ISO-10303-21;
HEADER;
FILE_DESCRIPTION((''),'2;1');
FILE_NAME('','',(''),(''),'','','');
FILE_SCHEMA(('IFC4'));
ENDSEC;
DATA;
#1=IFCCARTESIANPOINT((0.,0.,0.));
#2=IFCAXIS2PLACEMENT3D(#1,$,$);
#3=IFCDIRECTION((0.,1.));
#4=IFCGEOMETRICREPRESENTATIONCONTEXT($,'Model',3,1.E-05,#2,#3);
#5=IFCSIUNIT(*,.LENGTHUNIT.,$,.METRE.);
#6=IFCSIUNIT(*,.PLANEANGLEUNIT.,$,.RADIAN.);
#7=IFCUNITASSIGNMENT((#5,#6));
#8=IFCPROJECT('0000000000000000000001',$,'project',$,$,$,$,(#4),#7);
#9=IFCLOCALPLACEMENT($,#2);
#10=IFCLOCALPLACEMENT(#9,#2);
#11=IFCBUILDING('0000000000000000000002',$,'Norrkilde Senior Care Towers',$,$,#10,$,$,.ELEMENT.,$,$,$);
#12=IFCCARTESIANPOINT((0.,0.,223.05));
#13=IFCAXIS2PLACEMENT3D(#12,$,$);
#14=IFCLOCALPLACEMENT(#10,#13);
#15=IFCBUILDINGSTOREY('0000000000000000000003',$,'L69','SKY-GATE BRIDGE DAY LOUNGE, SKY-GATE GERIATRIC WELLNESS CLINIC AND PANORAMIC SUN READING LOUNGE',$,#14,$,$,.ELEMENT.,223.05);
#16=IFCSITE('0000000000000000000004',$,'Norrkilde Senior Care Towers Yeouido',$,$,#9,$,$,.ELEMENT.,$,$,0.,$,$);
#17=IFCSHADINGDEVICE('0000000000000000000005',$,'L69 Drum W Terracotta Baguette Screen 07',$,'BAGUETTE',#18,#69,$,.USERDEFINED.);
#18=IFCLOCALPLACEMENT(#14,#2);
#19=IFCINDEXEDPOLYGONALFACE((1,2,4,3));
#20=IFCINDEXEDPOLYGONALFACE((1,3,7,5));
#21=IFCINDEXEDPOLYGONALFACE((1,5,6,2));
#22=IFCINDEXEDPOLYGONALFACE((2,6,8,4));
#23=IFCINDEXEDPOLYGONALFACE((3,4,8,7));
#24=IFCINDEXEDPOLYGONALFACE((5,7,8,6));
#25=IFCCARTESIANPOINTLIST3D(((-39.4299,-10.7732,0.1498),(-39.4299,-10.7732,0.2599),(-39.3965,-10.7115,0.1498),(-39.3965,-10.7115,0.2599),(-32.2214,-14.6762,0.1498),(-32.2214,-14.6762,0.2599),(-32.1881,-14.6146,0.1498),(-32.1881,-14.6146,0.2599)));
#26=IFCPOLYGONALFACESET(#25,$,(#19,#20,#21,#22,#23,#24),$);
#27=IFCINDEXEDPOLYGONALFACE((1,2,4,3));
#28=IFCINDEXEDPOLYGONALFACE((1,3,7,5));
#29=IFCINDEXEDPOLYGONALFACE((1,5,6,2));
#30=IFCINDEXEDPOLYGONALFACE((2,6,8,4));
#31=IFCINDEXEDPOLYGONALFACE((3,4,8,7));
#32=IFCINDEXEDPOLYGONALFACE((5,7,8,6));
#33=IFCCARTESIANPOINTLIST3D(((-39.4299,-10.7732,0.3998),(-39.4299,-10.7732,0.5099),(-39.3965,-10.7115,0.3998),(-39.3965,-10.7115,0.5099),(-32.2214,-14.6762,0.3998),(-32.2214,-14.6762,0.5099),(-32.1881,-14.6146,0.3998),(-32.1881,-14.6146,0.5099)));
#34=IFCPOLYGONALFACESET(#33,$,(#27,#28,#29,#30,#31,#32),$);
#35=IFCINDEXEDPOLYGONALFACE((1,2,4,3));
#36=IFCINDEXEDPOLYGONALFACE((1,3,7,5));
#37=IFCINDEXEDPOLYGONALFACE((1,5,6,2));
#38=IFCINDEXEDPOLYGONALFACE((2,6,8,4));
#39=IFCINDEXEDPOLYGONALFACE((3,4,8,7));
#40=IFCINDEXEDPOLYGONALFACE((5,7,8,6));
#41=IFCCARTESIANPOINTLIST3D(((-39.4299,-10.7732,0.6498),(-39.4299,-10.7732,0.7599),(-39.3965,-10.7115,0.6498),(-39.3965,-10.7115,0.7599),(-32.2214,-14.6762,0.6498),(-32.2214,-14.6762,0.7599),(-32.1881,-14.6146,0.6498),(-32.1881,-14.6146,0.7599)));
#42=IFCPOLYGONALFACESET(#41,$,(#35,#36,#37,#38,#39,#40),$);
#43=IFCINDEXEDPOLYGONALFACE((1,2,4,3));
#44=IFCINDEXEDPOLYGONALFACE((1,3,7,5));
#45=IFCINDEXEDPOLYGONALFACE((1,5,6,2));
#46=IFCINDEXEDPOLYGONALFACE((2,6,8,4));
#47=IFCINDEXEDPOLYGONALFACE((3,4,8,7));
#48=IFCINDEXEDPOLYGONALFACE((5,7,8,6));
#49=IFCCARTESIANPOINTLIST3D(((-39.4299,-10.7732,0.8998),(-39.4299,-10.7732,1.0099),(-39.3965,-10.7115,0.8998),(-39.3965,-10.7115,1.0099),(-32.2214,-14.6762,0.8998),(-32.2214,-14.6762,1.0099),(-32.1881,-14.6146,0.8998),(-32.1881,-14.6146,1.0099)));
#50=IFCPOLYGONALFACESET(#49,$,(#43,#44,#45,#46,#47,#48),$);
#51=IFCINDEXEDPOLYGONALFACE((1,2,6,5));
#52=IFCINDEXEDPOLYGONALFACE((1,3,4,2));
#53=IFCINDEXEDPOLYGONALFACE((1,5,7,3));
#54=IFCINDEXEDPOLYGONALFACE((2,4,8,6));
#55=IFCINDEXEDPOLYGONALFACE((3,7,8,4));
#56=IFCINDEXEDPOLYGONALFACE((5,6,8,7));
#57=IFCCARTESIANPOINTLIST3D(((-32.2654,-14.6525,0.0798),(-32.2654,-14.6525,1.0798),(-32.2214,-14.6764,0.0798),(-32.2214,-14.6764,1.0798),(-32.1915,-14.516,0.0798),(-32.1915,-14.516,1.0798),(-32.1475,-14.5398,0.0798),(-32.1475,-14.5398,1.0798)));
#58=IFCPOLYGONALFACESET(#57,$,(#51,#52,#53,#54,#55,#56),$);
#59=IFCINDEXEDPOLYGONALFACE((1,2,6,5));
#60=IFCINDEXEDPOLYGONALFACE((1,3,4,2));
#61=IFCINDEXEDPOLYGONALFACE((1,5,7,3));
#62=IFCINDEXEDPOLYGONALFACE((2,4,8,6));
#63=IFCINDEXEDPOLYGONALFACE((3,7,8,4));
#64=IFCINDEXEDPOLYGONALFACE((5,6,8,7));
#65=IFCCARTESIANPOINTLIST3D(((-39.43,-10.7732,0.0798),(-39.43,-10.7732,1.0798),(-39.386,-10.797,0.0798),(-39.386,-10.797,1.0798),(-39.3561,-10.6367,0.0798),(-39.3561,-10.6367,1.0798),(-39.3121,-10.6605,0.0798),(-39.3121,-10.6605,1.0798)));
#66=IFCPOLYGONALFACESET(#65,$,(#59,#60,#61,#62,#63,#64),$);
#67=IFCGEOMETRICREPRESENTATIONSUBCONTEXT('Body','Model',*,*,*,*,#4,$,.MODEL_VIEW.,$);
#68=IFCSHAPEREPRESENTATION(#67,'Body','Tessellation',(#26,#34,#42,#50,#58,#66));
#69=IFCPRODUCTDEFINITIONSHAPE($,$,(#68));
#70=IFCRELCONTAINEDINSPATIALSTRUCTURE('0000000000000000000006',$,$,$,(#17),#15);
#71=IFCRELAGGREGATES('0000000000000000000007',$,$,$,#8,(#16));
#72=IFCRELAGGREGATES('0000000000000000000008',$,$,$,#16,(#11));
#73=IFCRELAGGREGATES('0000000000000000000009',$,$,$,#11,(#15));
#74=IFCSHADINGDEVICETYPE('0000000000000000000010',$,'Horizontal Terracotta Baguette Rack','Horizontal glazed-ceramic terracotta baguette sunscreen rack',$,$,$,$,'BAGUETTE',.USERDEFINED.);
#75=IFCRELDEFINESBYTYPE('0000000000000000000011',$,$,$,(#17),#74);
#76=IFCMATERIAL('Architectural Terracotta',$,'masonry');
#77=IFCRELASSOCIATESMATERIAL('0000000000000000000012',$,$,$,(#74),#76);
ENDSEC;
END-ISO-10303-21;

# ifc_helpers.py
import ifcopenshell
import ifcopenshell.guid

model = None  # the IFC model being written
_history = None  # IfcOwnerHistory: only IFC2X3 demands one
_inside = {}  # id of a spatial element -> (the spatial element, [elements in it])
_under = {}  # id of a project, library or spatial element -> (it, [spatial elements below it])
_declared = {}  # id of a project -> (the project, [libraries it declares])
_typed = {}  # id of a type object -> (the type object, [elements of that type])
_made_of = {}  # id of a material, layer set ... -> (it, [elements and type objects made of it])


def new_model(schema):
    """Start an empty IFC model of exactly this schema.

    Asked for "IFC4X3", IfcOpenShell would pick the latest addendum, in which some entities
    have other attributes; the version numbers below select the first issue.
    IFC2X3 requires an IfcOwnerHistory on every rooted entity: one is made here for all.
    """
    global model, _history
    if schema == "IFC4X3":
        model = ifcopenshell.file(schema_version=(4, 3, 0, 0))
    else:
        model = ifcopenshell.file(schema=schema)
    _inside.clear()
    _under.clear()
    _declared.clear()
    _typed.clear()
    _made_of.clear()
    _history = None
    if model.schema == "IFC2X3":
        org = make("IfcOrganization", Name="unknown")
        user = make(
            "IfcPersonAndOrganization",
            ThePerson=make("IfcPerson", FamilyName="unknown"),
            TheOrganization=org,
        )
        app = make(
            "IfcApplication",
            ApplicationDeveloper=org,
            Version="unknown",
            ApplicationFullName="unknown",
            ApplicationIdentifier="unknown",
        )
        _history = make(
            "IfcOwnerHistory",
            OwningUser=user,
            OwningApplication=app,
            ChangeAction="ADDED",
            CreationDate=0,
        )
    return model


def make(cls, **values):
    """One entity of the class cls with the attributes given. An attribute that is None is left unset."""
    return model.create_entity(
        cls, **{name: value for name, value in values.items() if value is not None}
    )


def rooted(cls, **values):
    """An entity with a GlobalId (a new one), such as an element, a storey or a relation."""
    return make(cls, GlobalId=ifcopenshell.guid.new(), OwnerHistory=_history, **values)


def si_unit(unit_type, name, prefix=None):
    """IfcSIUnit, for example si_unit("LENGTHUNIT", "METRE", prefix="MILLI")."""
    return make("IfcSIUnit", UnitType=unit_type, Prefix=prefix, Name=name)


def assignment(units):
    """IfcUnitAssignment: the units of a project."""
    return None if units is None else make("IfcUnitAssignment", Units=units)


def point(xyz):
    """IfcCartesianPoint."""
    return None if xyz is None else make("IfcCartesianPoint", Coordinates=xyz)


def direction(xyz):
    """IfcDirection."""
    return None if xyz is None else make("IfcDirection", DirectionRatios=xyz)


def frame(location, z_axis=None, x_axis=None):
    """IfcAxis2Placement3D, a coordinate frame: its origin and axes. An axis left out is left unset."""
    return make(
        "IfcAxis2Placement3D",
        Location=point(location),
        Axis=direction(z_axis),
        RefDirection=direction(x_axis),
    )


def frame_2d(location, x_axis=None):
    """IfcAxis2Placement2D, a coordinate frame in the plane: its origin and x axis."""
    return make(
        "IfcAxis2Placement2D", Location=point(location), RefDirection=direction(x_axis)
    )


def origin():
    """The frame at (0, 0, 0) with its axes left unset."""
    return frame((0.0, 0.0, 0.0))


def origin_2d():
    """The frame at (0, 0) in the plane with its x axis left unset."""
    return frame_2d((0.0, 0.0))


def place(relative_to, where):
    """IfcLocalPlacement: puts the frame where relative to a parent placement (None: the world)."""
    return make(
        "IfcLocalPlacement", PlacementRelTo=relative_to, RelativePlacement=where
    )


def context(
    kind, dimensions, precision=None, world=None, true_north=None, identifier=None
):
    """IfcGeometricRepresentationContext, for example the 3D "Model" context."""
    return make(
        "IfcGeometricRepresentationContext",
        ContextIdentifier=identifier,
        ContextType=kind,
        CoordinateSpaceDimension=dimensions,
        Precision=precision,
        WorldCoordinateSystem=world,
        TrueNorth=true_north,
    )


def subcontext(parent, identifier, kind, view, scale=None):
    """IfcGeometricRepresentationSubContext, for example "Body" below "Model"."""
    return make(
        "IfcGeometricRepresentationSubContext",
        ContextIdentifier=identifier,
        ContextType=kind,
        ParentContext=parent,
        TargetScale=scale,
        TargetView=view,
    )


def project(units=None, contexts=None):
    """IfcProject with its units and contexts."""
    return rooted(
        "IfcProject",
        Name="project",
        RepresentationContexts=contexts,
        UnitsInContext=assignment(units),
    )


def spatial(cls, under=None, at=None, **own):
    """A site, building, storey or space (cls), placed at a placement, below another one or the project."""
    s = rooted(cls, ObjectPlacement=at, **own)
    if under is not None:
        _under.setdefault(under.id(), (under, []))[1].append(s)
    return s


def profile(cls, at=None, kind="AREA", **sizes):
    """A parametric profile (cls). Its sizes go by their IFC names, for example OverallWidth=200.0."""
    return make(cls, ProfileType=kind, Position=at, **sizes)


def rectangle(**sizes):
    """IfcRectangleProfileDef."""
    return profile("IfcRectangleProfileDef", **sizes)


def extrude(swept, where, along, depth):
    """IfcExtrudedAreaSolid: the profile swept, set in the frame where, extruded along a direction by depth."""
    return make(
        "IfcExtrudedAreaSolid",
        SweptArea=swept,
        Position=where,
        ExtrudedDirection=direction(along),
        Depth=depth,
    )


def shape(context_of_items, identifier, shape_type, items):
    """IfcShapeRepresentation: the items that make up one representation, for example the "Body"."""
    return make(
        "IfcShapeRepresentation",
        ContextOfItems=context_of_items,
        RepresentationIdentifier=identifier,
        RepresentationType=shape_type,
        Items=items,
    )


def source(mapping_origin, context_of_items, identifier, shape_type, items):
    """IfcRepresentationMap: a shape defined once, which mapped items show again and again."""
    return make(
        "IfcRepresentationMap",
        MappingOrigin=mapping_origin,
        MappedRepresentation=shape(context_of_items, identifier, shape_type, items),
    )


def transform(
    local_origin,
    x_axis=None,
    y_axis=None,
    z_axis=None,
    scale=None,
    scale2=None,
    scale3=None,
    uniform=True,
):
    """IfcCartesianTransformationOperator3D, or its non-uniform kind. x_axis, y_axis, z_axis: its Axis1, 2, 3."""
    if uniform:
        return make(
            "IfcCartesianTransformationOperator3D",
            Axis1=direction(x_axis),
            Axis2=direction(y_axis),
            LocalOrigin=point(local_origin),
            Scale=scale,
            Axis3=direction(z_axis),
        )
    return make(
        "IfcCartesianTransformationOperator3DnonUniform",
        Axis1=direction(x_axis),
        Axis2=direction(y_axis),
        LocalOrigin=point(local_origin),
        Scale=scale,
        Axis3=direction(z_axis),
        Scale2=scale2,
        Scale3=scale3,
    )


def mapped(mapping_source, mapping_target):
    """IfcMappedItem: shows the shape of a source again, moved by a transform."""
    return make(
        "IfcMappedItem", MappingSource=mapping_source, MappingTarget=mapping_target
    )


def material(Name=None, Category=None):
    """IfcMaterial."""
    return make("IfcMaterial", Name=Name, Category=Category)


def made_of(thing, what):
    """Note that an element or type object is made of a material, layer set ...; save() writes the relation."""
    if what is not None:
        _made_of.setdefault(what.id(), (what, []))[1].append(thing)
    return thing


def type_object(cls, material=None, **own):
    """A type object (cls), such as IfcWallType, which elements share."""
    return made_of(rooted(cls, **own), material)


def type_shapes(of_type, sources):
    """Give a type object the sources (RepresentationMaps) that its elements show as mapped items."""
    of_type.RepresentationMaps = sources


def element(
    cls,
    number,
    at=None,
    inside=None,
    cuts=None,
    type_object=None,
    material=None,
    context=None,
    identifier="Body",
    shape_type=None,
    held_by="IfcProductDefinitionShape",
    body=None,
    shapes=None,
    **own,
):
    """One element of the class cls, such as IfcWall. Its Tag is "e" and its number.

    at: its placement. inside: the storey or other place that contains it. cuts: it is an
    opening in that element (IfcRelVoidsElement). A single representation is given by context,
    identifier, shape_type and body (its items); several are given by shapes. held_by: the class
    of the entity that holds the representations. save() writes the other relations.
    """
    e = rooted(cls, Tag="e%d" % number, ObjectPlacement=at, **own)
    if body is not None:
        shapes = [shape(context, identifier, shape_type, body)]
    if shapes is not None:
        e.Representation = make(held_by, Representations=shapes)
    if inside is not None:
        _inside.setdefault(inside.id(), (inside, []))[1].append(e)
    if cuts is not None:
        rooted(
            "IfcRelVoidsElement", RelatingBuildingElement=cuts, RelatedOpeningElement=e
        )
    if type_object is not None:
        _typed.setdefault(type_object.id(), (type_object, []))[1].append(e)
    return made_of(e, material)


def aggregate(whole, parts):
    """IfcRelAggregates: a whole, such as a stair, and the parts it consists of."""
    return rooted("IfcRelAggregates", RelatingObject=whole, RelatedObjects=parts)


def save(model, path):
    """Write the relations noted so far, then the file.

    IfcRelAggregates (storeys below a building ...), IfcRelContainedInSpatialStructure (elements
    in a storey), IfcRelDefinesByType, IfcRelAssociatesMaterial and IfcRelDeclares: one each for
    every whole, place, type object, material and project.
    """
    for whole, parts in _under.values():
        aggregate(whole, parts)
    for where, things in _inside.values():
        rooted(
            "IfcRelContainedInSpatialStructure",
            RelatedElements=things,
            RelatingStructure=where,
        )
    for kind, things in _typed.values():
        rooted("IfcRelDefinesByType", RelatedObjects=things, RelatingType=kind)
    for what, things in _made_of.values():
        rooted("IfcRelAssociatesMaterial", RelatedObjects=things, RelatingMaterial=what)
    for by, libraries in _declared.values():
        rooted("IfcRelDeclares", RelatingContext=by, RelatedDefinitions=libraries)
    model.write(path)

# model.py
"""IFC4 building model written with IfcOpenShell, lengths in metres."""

from ifc_helpers import new_model, si_unit, direction, frame, origin, origin_2d, place, context, subcontext, project, spatial, rectangle, extrude, source, transform, mapped, material, type_object, type_shapes, element, save


model = new_model("IFC4")

# Units and contexts
model_context = context("Model", 3, precision=1e-05, world=origin(), true_north=direction((0.0, 1.0)))
body_context = subcontext(model_context, "Body", "Model", "MODEL_VIEW")
ifc_project = project(units=[si_unit("LENGTHUNIT", "METRE"), si_unit("PLANEANGLEUNIT", "RADIAN")], contexts=[model_context])

# Site, building, storey
site_placement = place(None, origin())
site = spatial("IfcSite", under=ifc_project, at=site_placement, Name="Norrkilde Senior Care Towers Yeouido", CompositionType="ELEMENT", RefElevation=0.0)
building_placement = place(site_placement, origin())
building = spatial("IfcBuilding", under=site, at=building_placement, Name="Norrkilde Senior Care Towers", CompositionType="ELEMENT")
storey_placement = place(building_placement, frame((0.0, 0.0, 223.05)))
storey = spatial("IfcBuildingStorey", under=building, at=storey_placement, Name="L69", Description="SKY-GATE BRIDGE DAY LOUNGE, SKY-GATE GERIATRIC WELLNESS CLINIC AND PANORAMIC SUN READING LOUNGE", CompositionType="ELEMENT", Elevation=223.05)

# Shading device
ifc_material_1 = material(Name="Architectural Terracotta", Category="masonry")
shading_device_type = type_object("IfcShadingDeviceType", Name="Horizontal Terracotta Baguette Rack", Description="Horizontal glazed-ceramic terracotta baguette sunscreen rack", ElementType="BAGUETTE", PredefinedType="USERDEFINED", material=ifc_material_1)
shared_shape_1 = source(origin(), body_context, "Body", "SweptSolid", [
    extrude(rectangle(XDim=0.0701, YDim=0.1101, at=origin_2d()), frame((0.0, 0.0901, 0.125), z_axis=(1.0, 0.0, 0.0), x_axis=(0.0, 1.0, 0.0)), (0.0, 0.0, 1.0), 8.1973),
    extrude(rectangle(XDim=0.0701, YDim=0.1101, at=origin_2d()), frame((0.0, 0.0901, 0.375), z_axis=(1.0, 0.0, 0.0), x_axis=(0.0, 1.0, 0.0)), (0.0, 0.0, 1.0), 8.1973),
    extrude(rectangle(XDim=0.0701, YDim=0.1101, at=origin_2d()), frame((0.0, 0.0901, 0.625), z_axis=(1.0, 0.0, 0.0), x_axis=(0.0, 1.0, 0.0)), (0.0, 0.0, 1.0), 8.1973),
    extrude(rectangle(XDim=0.0701, YDim=0.1101, at=origin_2d()), frame((0.0, 0.0901, 0.875), z_axis=(1.0, 0.0, 0.0), x_axis=(0.0, 1.0, 0.0)), (0.0, 0.0, 1.0), 8.1973),
    extrude(rectangle(XDim=0.05, YDim=0.1553, at=origin_2d()), frame((0.0249, 0.0476, 0.0)), (0.0, 0.0, 1.0), 1.0),
    extrude(rectangle(XDim=0.05, YDim=0.1553, at=origin_2d()), frame((8.1724, 0.0476, 0.0)), (0.0, 0.0, 1.0), 1.0),
])
type_shapes(shading_device_type, [shared_shape_1])
shading_device_placement = place(storey_placement, frame((-32.1619, -14.5662, 0.0798), z_axis=(0.0, 0.0, 1.0), x_axis=(-0.879378, 0.476144, 0.0)))
element("IfcShadingDevice", 1, at=shading_device_placement, inside=storey, type_object=shading_device_type, Name="L69 Drum W Terracotta Baguette Screen 07", ObjectType="BAGUETTE", PredefinedType="USERDEFINED", context=body_context, shape_type="MappedRepresentation", body=[
    mapped(shared_shape_1, transform((0.0, 0.0, 0.0), x_axis=(1.0, 0.0, 0.0), y_axis=(0.0, 1.0, 0.0), z_axis=(0.0, 0.0, 1.0), scale=1.0)),
])

save(model, "model.ifc")
